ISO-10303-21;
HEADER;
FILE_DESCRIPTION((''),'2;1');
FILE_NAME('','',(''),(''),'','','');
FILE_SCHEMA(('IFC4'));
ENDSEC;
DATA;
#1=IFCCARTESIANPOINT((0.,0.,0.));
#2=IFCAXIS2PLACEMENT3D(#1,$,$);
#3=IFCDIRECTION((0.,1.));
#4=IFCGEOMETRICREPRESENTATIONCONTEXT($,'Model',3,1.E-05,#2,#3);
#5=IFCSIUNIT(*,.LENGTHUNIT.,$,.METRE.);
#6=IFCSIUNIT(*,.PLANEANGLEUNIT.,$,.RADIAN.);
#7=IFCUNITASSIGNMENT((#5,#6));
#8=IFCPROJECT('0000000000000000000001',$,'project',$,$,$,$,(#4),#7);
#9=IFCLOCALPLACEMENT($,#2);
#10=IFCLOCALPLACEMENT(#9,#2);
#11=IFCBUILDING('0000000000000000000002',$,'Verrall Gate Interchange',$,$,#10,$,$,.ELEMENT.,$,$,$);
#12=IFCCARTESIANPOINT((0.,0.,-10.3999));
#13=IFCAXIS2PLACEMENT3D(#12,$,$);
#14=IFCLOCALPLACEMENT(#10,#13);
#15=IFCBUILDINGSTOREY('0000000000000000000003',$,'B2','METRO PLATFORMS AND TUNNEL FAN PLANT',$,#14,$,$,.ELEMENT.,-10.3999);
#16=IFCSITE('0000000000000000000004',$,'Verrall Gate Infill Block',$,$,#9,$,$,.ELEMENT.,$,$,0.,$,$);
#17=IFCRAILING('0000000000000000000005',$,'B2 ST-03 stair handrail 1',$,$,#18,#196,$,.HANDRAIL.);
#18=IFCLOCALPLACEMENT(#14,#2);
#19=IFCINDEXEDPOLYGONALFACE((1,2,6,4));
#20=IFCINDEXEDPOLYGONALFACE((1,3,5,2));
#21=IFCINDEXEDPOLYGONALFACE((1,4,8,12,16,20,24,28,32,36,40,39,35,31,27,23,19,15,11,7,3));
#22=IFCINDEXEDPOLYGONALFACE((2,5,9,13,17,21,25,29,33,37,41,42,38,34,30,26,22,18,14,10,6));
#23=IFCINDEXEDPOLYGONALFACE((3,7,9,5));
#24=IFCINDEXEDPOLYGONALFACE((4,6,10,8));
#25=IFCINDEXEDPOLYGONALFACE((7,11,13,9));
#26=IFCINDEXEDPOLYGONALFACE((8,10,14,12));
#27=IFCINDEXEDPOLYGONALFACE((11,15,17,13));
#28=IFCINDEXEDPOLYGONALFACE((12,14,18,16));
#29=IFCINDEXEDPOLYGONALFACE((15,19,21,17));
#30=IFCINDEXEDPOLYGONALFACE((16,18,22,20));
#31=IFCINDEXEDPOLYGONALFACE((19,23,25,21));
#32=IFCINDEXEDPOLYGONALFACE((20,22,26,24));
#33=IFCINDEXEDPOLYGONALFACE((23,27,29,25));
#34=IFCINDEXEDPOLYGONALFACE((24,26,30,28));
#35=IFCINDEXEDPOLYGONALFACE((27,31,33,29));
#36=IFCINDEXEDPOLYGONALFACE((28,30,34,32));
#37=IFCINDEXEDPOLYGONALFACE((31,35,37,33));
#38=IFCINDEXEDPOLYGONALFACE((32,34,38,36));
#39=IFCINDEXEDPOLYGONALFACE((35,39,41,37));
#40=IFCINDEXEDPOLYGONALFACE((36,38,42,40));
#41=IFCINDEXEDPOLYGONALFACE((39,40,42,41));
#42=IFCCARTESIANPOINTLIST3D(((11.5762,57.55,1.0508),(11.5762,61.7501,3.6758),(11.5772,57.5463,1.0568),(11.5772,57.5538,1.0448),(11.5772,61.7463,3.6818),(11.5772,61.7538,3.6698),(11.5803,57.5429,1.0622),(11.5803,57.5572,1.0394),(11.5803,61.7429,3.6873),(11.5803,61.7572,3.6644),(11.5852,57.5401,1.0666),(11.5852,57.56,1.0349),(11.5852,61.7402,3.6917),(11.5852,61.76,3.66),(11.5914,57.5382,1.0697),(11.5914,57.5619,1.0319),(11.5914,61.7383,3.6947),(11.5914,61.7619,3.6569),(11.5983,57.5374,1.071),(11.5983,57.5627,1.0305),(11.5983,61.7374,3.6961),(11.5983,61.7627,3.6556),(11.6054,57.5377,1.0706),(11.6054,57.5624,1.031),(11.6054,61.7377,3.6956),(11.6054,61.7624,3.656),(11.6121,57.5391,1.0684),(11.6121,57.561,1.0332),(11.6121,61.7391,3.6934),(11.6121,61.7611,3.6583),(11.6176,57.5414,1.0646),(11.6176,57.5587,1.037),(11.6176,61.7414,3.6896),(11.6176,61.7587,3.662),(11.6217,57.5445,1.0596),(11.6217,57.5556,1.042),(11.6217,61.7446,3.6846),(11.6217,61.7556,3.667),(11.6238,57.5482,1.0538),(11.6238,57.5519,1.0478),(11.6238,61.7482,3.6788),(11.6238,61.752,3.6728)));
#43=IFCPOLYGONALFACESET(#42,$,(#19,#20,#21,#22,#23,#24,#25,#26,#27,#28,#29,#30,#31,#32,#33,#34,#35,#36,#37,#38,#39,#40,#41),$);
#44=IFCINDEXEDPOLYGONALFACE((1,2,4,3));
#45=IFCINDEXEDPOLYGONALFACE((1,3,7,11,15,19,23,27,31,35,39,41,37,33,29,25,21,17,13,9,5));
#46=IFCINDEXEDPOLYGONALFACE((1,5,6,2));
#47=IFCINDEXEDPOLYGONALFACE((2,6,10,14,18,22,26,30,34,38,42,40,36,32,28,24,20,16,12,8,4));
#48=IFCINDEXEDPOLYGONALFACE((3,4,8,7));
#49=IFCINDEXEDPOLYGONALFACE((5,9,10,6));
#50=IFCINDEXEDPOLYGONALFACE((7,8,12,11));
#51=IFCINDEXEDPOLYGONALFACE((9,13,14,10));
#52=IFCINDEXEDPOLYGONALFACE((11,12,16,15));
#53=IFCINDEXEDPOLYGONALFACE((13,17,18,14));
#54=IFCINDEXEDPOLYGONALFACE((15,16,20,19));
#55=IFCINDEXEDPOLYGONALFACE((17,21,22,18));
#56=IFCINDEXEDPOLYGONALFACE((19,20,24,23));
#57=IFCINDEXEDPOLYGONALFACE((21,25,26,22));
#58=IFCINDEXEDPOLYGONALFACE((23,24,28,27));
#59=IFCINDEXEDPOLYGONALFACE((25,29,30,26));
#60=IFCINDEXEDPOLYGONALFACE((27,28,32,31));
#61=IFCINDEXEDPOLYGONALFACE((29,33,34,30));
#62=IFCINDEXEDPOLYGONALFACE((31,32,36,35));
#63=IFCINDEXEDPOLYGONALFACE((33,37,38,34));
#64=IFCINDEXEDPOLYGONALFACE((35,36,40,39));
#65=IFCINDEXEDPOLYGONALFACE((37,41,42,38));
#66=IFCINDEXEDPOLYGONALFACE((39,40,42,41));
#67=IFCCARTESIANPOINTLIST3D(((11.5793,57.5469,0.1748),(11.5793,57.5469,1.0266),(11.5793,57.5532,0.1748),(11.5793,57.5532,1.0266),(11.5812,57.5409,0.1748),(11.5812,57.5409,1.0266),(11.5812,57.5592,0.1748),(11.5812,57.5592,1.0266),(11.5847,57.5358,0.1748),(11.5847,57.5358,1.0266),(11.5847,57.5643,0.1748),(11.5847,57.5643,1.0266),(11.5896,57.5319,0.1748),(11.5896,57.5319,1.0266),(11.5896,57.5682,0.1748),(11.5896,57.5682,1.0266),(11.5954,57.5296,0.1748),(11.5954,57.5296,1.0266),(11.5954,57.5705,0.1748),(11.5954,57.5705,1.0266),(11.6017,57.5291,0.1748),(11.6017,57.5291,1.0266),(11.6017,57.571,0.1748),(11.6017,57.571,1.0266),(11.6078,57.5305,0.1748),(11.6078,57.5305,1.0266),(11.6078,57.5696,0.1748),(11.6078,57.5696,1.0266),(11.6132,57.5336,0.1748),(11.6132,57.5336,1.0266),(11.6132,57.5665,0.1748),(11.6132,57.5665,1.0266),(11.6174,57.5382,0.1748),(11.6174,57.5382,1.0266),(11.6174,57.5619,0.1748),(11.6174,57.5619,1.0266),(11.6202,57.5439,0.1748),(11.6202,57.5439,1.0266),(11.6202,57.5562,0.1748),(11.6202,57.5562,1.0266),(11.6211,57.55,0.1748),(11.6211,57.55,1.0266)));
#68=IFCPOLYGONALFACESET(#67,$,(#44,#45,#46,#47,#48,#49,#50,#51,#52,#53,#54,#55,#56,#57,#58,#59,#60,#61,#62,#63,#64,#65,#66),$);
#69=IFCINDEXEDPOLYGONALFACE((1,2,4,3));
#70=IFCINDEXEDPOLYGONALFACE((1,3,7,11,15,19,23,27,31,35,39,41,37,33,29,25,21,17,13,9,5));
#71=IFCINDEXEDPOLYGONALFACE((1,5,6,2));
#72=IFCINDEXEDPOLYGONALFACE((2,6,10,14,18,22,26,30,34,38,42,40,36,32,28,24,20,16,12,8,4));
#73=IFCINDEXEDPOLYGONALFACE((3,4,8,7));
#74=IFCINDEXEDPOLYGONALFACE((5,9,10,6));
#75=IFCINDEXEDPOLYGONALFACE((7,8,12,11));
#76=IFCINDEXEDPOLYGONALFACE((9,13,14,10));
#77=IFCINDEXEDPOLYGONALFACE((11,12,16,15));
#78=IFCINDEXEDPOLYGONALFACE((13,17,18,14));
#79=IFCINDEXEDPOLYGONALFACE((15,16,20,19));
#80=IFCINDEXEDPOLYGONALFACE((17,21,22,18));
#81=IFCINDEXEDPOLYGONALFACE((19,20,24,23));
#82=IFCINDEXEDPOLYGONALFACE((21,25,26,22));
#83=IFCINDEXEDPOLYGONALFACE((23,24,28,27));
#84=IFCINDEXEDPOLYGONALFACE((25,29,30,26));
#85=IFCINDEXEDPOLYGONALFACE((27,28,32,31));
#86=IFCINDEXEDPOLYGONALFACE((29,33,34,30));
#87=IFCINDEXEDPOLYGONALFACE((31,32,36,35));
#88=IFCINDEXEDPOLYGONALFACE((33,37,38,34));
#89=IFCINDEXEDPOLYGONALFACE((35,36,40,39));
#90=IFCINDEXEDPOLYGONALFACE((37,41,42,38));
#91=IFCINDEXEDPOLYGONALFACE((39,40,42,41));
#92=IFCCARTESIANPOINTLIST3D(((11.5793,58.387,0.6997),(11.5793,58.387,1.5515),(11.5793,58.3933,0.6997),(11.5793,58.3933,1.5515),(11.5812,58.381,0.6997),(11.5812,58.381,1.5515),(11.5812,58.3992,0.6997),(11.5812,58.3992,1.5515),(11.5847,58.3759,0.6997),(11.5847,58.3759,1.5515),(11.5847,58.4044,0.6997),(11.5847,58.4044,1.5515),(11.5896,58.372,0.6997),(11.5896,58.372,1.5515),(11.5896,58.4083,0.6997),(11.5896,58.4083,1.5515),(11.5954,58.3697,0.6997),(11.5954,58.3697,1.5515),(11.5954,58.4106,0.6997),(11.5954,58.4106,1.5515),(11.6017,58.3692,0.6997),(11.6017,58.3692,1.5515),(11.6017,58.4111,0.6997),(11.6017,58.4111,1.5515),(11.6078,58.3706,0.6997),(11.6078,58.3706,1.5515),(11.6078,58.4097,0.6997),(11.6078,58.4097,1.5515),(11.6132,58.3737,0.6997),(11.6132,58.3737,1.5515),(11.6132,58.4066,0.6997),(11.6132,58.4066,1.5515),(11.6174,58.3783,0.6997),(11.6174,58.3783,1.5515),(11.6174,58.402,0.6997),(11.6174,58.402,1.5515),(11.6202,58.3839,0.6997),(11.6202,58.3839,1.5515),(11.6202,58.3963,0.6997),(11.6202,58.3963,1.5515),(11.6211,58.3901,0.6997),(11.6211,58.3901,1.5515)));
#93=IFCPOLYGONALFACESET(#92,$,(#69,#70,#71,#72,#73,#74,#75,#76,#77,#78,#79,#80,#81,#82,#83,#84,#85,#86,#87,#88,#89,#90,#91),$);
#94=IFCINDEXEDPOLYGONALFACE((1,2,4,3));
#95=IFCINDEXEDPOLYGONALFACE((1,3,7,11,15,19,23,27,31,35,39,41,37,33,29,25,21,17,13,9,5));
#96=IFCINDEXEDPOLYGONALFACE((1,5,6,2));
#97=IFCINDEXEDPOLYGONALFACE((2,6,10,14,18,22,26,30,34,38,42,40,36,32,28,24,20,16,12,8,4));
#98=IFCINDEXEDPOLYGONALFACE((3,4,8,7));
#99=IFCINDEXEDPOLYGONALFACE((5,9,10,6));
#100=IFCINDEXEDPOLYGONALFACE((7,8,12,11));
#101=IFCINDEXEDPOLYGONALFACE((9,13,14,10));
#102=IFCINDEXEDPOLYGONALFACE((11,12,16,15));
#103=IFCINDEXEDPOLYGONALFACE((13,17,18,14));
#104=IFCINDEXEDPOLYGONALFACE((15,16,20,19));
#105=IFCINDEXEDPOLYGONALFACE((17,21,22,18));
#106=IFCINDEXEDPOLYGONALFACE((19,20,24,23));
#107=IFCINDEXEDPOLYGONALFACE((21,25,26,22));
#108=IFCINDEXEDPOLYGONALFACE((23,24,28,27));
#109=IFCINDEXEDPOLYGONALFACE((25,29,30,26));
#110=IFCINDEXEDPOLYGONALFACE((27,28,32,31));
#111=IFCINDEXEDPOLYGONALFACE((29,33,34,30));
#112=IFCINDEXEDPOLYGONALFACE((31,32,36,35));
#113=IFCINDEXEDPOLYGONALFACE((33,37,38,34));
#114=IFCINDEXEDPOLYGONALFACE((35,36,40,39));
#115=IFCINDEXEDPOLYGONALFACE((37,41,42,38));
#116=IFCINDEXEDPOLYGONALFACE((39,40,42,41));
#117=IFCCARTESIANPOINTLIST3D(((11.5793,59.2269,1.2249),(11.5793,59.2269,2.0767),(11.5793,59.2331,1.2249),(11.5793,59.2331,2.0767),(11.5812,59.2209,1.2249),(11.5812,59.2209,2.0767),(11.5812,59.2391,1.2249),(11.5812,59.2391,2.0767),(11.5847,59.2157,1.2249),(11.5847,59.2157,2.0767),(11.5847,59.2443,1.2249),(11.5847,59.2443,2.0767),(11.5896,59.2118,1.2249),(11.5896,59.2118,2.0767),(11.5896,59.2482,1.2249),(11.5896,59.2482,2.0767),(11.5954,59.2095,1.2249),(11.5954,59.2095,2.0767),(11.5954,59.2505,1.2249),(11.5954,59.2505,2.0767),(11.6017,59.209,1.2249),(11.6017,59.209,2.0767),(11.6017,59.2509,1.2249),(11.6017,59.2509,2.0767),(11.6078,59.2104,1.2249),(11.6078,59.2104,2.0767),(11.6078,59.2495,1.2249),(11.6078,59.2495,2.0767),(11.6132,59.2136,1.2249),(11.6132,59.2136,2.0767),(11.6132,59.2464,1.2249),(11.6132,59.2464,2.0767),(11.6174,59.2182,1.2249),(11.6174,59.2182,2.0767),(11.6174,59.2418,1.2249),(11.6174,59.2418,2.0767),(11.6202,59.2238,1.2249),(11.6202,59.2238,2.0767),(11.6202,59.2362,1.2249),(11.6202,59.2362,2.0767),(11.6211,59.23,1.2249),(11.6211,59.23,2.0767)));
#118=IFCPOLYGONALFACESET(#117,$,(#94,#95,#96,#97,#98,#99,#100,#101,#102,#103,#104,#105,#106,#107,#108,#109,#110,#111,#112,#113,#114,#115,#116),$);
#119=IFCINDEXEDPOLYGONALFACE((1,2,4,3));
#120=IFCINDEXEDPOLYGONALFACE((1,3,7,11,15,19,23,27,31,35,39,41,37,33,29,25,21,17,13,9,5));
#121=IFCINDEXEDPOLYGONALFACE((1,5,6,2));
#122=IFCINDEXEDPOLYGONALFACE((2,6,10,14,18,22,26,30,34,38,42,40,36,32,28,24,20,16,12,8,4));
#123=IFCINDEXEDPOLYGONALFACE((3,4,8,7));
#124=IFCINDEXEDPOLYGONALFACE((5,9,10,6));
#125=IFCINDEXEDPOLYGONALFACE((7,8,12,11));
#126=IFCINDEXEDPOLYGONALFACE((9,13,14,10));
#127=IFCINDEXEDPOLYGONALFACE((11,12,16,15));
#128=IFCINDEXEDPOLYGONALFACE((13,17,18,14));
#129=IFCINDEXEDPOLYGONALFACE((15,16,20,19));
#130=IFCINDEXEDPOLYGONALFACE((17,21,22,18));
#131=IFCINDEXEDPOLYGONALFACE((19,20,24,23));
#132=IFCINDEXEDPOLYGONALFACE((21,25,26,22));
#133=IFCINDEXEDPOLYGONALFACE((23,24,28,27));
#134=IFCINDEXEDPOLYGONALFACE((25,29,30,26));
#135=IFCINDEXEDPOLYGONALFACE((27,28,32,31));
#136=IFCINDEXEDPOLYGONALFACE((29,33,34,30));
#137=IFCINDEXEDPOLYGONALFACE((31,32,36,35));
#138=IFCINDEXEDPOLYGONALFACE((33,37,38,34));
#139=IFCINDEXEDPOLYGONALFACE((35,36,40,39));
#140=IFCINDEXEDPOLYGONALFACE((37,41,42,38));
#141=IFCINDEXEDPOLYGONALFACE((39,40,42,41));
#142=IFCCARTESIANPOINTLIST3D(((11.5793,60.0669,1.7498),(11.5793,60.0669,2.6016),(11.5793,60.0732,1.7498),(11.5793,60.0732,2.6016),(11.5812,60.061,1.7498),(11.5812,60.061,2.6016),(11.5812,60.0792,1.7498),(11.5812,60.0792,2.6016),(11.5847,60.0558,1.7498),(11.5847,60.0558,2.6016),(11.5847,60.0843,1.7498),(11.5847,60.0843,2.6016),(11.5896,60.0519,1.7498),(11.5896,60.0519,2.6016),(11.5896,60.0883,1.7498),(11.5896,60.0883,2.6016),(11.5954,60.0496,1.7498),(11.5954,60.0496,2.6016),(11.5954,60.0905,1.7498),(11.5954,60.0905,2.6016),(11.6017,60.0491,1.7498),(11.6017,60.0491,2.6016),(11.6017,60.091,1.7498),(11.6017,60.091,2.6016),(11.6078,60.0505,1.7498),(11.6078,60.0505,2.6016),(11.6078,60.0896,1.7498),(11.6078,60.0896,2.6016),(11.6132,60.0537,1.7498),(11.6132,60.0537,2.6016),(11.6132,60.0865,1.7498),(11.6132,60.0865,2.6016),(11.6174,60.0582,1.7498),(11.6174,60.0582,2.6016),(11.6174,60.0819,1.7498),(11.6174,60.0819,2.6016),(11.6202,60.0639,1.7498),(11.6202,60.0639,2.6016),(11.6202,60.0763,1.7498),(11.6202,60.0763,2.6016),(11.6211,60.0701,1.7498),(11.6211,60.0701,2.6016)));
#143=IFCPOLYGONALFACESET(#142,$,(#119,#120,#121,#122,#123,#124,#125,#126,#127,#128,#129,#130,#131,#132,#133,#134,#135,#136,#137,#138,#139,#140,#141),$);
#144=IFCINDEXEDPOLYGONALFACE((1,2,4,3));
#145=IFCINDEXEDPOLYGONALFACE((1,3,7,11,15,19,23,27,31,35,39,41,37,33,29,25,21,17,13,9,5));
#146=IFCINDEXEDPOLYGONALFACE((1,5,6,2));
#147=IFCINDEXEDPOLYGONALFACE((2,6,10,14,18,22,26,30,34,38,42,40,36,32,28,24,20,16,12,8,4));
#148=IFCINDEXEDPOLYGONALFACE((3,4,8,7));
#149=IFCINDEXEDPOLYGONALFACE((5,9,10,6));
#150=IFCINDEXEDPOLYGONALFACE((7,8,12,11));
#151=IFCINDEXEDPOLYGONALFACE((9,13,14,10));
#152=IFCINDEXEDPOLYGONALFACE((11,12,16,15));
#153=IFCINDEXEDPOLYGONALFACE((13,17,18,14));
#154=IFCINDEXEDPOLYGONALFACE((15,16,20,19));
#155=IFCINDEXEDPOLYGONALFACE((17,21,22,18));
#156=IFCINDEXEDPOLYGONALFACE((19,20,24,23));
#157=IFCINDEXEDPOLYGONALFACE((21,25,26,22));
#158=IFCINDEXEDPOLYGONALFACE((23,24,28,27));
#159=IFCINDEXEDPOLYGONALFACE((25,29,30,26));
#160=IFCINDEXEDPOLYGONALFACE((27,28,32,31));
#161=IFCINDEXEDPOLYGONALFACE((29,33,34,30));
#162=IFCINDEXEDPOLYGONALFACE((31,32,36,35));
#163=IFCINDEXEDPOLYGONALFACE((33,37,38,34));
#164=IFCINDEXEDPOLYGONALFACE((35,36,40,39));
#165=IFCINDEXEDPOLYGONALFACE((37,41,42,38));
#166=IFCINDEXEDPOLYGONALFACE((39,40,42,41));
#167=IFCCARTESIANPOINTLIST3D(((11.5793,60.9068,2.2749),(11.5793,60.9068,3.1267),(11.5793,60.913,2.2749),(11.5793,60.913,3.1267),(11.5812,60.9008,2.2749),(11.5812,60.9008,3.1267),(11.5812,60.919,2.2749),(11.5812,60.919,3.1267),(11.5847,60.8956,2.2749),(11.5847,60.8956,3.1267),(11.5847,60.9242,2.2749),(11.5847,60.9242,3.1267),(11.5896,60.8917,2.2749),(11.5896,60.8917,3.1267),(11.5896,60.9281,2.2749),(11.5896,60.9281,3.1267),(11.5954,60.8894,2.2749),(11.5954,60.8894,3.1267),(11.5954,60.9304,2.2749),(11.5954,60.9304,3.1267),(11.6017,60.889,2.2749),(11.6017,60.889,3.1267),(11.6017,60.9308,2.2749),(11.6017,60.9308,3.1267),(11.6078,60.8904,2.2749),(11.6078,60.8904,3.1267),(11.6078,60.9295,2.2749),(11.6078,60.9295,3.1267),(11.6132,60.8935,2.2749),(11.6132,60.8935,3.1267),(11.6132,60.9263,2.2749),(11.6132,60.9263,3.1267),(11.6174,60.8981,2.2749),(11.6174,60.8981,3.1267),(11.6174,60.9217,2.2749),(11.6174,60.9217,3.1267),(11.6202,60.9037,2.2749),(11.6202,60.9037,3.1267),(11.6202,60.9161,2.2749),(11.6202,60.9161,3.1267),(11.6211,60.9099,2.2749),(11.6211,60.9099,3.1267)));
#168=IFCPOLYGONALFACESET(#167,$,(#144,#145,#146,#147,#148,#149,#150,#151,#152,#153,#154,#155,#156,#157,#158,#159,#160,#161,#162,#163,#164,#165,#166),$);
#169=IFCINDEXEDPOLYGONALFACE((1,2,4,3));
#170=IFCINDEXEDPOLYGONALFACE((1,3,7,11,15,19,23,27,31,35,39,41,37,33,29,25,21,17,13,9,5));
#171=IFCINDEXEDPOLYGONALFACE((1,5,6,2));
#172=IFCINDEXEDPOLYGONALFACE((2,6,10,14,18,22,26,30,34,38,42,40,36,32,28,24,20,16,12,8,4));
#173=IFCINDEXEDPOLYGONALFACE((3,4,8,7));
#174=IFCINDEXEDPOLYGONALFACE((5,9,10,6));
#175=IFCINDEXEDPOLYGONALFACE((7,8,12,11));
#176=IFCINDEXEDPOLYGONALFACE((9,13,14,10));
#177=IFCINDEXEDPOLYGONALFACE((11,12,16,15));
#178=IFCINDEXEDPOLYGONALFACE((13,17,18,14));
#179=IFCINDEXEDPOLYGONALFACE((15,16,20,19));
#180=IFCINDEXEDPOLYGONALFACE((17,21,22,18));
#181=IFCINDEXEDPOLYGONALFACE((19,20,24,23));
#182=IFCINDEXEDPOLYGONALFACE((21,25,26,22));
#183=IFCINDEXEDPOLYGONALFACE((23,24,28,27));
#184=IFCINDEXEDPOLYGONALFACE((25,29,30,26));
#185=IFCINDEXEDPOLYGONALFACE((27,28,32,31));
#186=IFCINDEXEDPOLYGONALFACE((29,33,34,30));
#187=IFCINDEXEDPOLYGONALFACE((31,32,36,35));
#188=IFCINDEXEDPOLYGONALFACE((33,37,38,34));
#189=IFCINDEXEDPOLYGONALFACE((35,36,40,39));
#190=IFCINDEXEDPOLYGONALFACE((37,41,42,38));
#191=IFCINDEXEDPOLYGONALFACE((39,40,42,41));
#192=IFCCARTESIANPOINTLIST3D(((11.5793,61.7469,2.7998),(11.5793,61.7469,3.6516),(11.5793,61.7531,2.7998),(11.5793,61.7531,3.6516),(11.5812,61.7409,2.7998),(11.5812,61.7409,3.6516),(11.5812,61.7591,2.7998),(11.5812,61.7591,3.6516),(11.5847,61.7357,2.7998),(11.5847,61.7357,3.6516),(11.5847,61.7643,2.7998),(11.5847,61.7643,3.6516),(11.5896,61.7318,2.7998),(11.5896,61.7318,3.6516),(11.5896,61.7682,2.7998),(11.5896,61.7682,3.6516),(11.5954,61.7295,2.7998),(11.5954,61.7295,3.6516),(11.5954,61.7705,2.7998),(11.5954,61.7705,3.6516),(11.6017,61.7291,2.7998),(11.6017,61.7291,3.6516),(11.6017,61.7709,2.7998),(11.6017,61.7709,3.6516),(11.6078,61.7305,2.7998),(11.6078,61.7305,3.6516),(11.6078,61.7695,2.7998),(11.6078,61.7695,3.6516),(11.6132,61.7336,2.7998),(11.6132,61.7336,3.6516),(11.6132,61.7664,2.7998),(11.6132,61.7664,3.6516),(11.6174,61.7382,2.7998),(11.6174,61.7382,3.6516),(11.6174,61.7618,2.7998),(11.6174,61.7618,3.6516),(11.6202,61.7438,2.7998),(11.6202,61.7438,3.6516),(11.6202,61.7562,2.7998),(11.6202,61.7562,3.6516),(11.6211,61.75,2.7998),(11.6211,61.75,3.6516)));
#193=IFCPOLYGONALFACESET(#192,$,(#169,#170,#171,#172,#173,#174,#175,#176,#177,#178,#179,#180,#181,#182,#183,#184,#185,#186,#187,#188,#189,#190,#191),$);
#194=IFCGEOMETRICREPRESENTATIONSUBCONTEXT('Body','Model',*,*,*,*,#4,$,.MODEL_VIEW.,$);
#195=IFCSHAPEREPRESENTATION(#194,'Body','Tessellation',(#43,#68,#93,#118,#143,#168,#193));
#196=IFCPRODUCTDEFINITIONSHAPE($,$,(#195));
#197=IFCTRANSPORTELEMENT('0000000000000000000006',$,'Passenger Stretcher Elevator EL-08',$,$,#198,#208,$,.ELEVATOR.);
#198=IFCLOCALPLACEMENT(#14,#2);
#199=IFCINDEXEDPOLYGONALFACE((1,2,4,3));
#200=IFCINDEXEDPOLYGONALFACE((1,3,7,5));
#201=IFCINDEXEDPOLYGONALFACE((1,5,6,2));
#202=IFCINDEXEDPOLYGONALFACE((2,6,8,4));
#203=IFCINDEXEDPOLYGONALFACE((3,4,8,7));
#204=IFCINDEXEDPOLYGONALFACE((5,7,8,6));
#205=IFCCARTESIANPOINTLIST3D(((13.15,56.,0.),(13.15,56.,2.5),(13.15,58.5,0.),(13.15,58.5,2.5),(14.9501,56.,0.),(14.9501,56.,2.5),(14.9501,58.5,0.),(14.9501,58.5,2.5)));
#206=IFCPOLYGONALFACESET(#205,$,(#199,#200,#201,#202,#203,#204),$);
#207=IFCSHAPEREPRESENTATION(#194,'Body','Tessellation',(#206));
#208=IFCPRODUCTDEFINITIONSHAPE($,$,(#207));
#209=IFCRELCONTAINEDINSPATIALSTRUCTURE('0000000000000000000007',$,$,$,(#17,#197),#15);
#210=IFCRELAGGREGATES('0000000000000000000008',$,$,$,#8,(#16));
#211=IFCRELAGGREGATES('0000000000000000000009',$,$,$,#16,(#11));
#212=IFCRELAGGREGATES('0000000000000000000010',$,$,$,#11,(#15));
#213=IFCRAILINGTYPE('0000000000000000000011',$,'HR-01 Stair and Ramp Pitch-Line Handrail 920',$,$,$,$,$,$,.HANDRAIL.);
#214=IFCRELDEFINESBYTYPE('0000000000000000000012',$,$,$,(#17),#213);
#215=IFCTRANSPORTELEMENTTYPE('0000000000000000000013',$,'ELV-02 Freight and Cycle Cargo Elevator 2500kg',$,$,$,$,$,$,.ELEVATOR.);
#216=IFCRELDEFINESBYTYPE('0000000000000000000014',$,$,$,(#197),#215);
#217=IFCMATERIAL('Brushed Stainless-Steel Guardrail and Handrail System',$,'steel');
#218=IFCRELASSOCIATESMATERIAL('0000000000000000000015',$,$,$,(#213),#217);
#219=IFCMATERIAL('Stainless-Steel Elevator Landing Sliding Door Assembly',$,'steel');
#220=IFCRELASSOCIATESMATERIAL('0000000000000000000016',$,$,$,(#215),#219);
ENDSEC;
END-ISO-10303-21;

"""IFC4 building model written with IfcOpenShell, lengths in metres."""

from ifc_helpers import new_model, si_unit, direction, frame, origin, origin_2d, place, context, subcontext, project, spatial, rectangle, circle, extrude, material, type_object, element, save


model = new_model("IFC4")

# Units and contexts
model_context = context("Model", 3, precision=1e-05, world=origin(), true_north=direction((0.0, 1.0)))
body_context = subcontext(model_context, "Body", "Model", "MODEL_VIEW")
ifc_project = project(units=[si_unit("LENGTHUNIT", "METRE"), si_unit("PLANEANGLEUNIT", "RADIAN")], contexts=[model_context])

# Site, building, storey
site_placement = place(None, origin())
site = spatial("IfcSite", under=ifc_project, at=site_placement, Name="Verrall Gate Infill Block", CompositionType="ELEMENT", RefElevation=0.0)
building_placement = place(site_placement, origin())
building = spatial("IfcBuilding", under=site, at=building_placement, Name="Verrall Gate Interchange", CompositionType="ELEMENT")
storey_placement = place(building_placement, frame((0.0, 0.0, -10.3999)))
storey = spatial("IfcBuildingStorey", under=building, at=storey_placement, Name="B2", Description="METRO PLATFORMS AND TUNNEL FAN PLANT", CompositionType="ELEMENT", Elevation=-10.3999)

# Railing
ifc_material_1 = material(Name="Brushed Stainless-Steel Guardrail and Handrail System", Category="steel")
railing_type_1 = type_object("IfcRailingType", Name="HR-01 Stair and Ramp Pitch-Line Handrail 920", PredefinedType="HANDRAIL", material=ifc_material_1)
railing_1_placement = place(storey_placement, frame((11.6001, 57.55, 0.1748)))
element("IfcRailing", 1, at=railing_1_placement, inside=storey, type_object=railing_type_1, Name="B2 ST-03 stair handrail 1", PredefinedType="HANDRAIL", context=body_context, shape_type="SweptSolid", body=[
    extrude(circle(Radius=0.0239, at=origin_2d()), frame((0.0, 0.0, 0.876), z_axis=(0.0, 0.847996, 0.530003), x_axis=(-1.0, 0.0, 0.0)), (0.0, 0.0, 1.0), 4.9529),
    extrude(circle(Radius=0.021, at=origin_2d()), origin(), (0.0, 0.0, 1.0), 0.8518),
    extrude(circle(Radius=0.021, at=origin_2d()), frame((0.0, 0.8401, 0.5249)), (0.0, 0.0, 1.0), 0.8518),
    extrude(circle(Radius=0.021, at=origin_2d()), frame((0.0, 1.6799, 1.05)), (0.0, 0.0, 1.0), 0.8518),
    extrude(circle(Radius=0.021, at=origin_2d()), frame((0.0, 2.52, 1.575)), (0.0, 0.0, 1.0), 0.8518),
    extrude(circle(Radius=0.021, at=origin_2d()), frame((0.0, 3.3599, 2.1001)), (0.0, 0.0, 1.0), 0.8518),
    extrude(circle(Radius=0.021, at=origin_2d()), frame((0.0, 4.2, 2.625)), (0.0, 0.0, 1.0), 0.8518),
])

# Transport element
ifc_material_2 = material(Name="Stainless-Steel Elevator Landing Sliding Door Assembly", Category="steel")
transport_element_type = type_object("IfcTransportElementType", Name="ELV-02 Freight and Cycle Cargo Elevator 2500kg", PredefinedType="ELEVATOR", material=ifc_material_2)
transport_element_placement = place(storey_placement, frame((14.05, 57.25, 0.0), z_axis=(0.0, 0.0, 1.0), x_axis=(1.0, 0.0, 0.0)))
element("IfcTransportElement", 2, at=transport_element_placement, inside=storey, type_object=transport_element_type, Name="Passenger Stretcher Elevator EL-08", PredefinedType="ELEVATOR", context=body_context, shape_type="SweptSolid", body=[
    extrude(rectangle(XDim=1.8, YDim=2.5, at=origin_2d()), origin(), (0.0, 0.0, 1.0), 2.5),
])

save(model, "model.ifc")
